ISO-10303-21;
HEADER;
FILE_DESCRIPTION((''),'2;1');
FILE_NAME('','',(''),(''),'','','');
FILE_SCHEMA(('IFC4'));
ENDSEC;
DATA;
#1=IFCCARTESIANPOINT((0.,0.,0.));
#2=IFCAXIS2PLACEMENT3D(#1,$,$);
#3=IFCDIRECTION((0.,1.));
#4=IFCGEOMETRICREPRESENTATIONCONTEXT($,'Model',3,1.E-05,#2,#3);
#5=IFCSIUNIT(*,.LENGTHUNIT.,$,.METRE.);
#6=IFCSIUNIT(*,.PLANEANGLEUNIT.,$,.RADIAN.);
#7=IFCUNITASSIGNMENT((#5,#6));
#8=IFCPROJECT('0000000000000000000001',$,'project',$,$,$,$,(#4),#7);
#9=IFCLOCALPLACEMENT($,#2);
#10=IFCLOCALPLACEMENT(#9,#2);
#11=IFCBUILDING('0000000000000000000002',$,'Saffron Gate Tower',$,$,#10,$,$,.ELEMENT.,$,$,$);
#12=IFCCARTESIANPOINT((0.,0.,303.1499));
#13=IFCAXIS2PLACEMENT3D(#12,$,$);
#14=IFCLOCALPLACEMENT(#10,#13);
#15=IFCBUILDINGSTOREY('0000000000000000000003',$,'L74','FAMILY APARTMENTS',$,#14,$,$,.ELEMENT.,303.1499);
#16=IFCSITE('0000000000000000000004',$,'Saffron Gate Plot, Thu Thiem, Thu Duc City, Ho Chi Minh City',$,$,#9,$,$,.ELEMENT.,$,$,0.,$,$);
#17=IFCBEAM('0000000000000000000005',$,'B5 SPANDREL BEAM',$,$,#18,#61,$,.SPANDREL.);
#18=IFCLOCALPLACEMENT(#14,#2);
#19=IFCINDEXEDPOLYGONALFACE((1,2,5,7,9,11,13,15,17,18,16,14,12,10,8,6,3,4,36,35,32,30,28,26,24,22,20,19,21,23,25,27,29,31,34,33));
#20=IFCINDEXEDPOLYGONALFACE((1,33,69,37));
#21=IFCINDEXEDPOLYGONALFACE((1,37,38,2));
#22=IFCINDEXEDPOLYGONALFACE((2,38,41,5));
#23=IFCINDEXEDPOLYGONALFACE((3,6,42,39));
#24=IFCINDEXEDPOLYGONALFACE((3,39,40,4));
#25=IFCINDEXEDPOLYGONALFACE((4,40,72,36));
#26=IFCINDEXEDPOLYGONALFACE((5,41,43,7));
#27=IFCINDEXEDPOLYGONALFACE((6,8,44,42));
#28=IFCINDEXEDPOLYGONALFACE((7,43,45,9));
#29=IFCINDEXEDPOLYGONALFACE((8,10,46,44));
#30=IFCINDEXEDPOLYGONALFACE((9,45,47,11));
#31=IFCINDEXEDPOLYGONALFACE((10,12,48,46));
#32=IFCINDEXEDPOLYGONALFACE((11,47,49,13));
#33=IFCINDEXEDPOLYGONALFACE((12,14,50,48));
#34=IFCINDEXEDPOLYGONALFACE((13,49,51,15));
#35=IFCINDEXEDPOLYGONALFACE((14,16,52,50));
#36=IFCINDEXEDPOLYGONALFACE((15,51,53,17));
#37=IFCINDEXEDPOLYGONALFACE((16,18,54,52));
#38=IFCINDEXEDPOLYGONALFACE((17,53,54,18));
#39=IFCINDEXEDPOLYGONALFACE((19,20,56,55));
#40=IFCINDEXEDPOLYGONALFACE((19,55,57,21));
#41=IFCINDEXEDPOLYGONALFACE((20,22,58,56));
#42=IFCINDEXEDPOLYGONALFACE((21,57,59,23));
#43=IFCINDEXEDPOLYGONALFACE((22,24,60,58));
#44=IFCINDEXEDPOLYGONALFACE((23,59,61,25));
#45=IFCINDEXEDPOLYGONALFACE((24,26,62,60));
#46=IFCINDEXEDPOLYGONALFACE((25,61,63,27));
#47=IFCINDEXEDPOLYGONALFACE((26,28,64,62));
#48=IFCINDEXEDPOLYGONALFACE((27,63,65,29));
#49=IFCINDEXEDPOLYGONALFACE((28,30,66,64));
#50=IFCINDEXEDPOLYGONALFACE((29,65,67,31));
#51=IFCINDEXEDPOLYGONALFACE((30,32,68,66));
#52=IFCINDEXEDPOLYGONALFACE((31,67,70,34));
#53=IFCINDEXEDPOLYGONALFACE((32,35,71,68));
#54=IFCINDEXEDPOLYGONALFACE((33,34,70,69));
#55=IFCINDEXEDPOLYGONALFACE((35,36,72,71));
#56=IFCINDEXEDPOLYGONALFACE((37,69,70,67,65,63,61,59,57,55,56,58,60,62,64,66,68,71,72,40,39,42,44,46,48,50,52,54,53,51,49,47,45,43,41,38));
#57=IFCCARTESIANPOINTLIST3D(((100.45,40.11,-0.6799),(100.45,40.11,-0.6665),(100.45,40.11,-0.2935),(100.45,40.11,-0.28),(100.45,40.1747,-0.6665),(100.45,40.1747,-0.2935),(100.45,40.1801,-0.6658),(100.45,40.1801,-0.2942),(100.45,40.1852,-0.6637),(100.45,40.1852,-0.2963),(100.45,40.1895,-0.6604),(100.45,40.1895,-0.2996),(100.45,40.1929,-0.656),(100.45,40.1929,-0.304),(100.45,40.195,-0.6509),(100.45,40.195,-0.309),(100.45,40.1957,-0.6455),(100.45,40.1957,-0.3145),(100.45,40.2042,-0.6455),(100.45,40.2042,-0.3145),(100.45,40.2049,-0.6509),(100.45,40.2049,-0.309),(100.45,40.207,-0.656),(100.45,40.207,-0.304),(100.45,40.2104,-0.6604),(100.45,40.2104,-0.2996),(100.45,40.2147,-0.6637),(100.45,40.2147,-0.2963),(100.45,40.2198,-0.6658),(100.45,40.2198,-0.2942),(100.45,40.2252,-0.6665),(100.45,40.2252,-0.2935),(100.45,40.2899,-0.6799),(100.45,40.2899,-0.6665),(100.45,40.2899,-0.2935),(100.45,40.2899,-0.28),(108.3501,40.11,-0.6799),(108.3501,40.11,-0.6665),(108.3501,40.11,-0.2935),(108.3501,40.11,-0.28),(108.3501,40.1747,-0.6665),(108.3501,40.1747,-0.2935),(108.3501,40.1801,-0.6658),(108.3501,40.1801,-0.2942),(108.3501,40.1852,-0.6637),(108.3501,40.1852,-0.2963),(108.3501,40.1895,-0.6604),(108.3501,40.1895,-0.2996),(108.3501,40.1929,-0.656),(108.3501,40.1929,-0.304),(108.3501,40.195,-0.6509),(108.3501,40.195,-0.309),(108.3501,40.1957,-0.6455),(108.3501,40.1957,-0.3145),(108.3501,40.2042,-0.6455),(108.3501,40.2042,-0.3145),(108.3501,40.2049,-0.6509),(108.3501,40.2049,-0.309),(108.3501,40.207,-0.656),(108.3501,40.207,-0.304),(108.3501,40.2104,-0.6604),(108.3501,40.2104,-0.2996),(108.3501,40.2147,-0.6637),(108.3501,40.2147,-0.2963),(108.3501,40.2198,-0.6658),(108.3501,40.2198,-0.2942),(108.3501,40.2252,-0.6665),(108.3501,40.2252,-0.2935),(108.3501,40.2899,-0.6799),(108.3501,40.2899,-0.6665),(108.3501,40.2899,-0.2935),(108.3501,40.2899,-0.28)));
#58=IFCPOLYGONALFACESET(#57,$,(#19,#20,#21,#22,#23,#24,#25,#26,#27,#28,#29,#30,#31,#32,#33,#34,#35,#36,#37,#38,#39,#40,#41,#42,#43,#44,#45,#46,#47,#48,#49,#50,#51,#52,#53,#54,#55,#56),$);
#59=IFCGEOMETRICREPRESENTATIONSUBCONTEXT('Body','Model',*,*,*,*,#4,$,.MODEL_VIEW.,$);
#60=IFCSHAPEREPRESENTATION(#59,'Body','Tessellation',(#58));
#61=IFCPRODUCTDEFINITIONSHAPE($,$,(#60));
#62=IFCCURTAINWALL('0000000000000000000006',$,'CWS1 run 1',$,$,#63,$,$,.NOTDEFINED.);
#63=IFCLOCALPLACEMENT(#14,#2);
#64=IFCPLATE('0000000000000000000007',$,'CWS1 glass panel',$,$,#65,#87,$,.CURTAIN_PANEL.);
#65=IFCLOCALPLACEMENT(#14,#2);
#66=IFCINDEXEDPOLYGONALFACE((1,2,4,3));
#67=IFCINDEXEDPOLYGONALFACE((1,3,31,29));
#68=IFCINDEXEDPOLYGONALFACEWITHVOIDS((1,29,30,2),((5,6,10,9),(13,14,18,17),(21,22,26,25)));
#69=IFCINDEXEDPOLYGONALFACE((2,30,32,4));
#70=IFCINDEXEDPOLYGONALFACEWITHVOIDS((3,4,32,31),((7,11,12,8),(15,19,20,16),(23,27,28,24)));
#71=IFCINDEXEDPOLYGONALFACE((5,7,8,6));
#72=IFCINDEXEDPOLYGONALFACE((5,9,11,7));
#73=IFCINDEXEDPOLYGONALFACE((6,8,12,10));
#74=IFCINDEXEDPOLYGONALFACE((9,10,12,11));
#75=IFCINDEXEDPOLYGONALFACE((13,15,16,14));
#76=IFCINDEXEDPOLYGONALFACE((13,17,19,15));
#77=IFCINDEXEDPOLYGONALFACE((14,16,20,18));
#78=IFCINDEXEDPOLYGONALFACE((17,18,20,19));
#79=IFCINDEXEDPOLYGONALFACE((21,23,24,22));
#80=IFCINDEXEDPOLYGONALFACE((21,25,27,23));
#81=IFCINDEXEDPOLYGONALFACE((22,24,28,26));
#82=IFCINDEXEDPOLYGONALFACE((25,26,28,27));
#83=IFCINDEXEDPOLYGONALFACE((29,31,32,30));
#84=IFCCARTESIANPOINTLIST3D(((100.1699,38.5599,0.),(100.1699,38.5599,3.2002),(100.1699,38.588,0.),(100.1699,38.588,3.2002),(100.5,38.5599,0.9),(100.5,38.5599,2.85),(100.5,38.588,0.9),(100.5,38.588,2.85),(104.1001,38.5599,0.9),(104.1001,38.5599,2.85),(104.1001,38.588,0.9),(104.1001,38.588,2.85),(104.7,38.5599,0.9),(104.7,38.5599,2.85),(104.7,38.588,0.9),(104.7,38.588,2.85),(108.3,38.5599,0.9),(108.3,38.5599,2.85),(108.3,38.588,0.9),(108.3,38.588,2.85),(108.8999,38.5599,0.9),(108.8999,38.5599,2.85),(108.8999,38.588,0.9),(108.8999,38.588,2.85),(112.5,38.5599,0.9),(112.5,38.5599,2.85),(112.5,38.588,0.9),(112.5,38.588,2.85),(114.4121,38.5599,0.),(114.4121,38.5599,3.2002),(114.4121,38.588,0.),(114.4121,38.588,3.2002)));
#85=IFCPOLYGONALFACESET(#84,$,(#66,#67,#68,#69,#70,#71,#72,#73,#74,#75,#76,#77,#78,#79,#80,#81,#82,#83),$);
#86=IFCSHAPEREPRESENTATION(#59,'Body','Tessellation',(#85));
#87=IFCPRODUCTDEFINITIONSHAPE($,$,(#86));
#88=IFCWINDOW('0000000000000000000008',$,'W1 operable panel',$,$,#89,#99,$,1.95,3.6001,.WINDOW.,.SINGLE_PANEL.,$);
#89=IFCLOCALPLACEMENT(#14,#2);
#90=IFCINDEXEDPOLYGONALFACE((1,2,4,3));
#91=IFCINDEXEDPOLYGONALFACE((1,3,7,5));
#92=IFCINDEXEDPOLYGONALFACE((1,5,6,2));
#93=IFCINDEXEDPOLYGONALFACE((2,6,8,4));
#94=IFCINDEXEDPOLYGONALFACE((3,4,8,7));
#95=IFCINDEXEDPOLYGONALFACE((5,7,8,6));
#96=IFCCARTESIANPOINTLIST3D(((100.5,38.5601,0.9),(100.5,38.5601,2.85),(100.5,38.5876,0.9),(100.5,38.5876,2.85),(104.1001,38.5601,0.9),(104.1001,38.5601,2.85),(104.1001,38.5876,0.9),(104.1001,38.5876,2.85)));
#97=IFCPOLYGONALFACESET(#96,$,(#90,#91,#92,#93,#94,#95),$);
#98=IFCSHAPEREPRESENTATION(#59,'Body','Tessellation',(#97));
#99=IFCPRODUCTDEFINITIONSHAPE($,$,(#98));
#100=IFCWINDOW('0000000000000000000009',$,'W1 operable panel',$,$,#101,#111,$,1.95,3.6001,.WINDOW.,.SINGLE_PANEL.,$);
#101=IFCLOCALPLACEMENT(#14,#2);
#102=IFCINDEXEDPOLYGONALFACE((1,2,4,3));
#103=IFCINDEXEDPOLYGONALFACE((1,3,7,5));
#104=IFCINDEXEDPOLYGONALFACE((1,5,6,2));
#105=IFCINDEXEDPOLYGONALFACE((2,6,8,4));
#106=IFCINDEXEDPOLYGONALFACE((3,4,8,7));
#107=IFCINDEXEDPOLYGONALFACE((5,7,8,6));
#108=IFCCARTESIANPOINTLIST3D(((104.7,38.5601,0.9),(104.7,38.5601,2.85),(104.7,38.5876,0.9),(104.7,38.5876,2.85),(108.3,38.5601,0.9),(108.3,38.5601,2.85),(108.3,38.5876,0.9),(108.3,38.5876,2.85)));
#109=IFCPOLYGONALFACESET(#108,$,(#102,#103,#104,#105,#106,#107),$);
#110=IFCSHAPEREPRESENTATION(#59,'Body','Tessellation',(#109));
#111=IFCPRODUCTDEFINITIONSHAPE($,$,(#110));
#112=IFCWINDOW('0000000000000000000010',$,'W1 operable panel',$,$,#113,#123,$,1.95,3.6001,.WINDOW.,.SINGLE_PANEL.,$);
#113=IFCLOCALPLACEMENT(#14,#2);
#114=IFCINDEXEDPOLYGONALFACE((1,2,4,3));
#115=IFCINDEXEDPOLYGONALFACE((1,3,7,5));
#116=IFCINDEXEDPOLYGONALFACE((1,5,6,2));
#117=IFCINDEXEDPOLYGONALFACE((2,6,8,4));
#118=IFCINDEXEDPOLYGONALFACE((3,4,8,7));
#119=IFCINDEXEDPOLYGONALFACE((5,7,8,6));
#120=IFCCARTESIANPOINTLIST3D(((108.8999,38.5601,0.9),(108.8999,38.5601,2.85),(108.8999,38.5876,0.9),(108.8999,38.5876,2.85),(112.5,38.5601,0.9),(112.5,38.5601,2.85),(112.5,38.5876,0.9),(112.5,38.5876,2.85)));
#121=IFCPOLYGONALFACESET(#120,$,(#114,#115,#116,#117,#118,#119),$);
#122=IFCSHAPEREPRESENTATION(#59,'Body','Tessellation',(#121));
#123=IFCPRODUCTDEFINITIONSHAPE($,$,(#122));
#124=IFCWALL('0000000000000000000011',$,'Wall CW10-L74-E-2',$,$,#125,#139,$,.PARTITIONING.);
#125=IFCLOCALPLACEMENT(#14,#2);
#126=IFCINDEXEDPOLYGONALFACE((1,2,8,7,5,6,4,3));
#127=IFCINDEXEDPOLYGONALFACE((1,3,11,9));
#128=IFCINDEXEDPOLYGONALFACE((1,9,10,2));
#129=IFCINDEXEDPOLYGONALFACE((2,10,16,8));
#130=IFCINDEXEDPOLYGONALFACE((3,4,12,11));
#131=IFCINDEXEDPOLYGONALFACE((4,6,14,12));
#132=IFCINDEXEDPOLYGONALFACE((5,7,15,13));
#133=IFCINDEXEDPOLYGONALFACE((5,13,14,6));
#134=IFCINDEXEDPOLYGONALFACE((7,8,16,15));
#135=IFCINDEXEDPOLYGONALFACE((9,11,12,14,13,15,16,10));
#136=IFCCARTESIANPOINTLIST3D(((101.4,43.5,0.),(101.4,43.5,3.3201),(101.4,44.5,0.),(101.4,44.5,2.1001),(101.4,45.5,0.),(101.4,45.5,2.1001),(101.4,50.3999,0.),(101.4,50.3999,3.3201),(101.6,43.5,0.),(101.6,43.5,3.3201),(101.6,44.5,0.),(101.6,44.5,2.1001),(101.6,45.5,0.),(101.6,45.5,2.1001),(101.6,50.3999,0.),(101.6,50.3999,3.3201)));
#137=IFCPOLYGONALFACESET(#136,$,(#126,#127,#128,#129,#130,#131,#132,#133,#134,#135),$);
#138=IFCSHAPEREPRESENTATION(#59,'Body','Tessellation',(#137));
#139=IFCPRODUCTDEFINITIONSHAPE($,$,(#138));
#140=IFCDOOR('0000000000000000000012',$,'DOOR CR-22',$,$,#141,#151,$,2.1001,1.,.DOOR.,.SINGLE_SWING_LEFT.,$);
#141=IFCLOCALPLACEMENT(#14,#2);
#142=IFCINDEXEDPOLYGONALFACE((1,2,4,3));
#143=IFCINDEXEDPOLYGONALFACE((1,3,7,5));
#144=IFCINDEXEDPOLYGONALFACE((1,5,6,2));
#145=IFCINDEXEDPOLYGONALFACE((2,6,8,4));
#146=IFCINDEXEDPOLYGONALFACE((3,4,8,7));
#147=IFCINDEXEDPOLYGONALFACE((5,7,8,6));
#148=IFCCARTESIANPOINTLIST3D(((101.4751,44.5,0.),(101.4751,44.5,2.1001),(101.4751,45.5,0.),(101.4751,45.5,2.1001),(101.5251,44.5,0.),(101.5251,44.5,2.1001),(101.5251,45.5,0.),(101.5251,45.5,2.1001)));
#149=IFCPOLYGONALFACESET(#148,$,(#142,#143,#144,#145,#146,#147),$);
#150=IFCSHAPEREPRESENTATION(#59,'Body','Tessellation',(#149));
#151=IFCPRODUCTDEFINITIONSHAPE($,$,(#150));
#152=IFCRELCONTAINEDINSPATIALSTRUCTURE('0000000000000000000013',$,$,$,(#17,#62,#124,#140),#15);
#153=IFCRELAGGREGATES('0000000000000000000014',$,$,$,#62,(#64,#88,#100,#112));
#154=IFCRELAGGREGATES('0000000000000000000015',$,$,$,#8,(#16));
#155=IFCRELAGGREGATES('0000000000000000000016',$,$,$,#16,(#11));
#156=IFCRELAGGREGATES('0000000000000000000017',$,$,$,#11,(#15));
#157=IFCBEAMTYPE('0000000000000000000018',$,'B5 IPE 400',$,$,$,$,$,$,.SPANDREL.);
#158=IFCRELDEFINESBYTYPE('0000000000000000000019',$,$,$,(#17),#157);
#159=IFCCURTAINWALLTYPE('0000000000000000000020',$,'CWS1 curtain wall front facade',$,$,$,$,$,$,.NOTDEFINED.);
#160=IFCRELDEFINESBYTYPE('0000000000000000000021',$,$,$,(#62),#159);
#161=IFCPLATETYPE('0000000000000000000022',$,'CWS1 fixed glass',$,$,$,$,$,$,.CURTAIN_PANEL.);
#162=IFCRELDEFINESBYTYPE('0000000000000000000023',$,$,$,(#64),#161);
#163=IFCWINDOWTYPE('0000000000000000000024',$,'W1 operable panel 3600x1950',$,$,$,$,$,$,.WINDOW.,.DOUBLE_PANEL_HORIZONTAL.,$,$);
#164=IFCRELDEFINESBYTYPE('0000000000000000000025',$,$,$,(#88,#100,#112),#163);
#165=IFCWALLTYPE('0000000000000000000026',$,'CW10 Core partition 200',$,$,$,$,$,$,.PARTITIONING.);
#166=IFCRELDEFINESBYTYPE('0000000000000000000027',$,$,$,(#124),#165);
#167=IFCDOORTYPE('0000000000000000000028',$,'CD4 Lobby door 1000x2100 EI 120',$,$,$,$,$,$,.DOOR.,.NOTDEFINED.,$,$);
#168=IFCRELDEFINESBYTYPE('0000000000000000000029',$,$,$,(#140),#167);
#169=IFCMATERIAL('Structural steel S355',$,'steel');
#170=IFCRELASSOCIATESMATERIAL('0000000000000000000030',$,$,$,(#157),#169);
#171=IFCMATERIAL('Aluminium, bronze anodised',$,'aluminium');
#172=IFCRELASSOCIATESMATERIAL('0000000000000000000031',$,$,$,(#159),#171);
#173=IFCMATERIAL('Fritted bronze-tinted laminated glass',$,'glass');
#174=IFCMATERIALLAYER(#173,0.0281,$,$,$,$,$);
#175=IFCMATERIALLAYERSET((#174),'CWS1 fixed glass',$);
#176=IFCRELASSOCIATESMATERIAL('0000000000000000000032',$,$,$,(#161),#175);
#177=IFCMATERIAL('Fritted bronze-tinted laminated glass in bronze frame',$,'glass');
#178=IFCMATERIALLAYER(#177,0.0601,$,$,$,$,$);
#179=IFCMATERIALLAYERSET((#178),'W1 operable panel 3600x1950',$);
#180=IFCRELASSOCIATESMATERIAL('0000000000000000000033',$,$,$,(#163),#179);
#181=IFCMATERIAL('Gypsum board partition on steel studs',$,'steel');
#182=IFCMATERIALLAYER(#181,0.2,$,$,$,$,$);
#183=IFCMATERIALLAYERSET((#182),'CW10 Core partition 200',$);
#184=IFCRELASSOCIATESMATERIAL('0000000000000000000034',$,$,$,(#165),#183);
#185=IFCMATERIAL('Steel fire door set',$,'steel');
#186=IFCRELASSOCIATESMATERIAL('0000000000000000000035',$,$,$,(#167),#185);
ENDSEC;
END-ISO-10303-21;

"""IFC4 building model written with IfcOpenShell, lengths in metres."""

from ifc_helpers import new_model, si_unit, direction, frame, frame_2d, origin, origin_2d, place, context, subcontext, project, spatial, rectangle, i_section, extrude, material, layer, layer_set, material_profile, profile_set, type_object, element, fill, aggregate, save


model = new_model("IFC4")

# Units and contexts
model_context = context("Model", 3, precision=1e-05, world=origin(), true_north=direction((0.0, 1.0)))
body_context = subcontext(model_context, "Body", "Model", "MODEL_VIEW")
ifc_project = project(units=[si_unit("LENGTHUNIT", "METRE"), si_unit("PLANEANGLEUNIT", "RADIAN")], contexts=[model_context])

# Site, building, storey
site_placement = place(None, origin())
site = spatial("IfcSite", under=ifc_project, at=site_placement, Name="Saffron Gate Plot, Thu Thiem, Thu Duc City, Ho Chi Minh City", CompositionType="ELEMENT", RefElevation=0.0)
building_placement = place(site_placement, origin())
building = spatial("IfcBuilding", under=site, at=building_placement, Name="Saffron Gate Tower", CompositionType="ELEMENT")
storey_placement = place(building_placement, frame((0.0, 0.0, 303.1499)))
storey = spatial("IfcBuildingStorey", under=building, at=storey_placement, Name="L74", Description="FAMILY APARTMENTS", CompositionType="ELEMENT", Elevation=303.1499)

# Beam
ifc_material_1 = material(Name="Structural steel S355", Category="steel")
ifc_material_profile_1 = material_profile(ifc_material_1, i_section(OverallWidth=0.1799, OverallDepth=0.3999, WebThickness=0.0085, FlangeThickness=0.0134, FilletRadius=0.021, at=origin_2d()))
ifc_profile_set_1 = profile_set([ifc_material_profile_1], Name="Structural steel S355")
beam_type_1 = type_object("IfcBeamType", Name="B5 IPE 400", PredefinedType="SPANDREL", material=ifc_profile_set_1)
beam_1_placement = place(storey_placement, frame((100.45, 40.2, -0.48), z_axis=(1.0, 0.0, 0.0), x_axis=(0.0, 1.0, 0.0)))
element("IfcBeam", 1, at=beam_1_placement, inside=storey, type_object=beam_type_1, Name="B5 SPANDREL BEAM", PredefinedType="SPANDREL", context=body_context, shape_type="SweptSolid", body=[
    extrude(i_section(OverallWidth=0.1799, OverallDepth=0.3999, WebThickness=0.0085, FlangeThickness=0.0134, FilletRadius=0.021, at=origin_2d()), origin(), (0.0, 0.0, 1.0), 7.9001),
])

# Curtain wall, plate, openings, windows
ifc_material_2 = material(Name="Aluminium, bronze anodised", Category="aluminium")
curtain_wall_type = type_object("IfcCurtainWallType", Name="CWS1 curtain wall front facade", PredefinedType="NOTDEFINED", material=ifc_material_2)
curtain_wall_placement = place(storey_placement, origin())
curtain_wall = element("IfcCurtainWall", 2, at=curtain_wall_placement, inside=storey, type_object=curtain_wall_type, Name="CWS1 run 1", PredefinedType="NOTDEFINED")
ifc_material_3 = material(Name="Fritted bronze-tinted laminated glass", Category="glass")
ifc_layer_1 = layer(ifc_material_3, 0.0281)
ifc_layer_set_1 = layer_set([ifc_layer_1], Name="CWS1 fixed glass")
plate_type = type_object("IfcPlateType", Name="CWS1 fixed glass", PredefinedType="CURTAIN_PANEL", material=ifc_layer_set_1)
plate_placement = place(storey_placement, frame((100.1699, 38.574, 0.0), z_axis=(0.0, 0.0, 1.0), x_axis=(1.0, 0.0, 0.0)))
plate = element("IfcPlate", 3, at=plate_placement, type_object=plate_type, Name="CWS1 glass panel", PredefinedType="CURTAIN_PANEL", context=body_context, shape_type="SweptSolid", body=[
    extrude(rectangle(XDim=14.2422, YDim=0.0281, at=frame_2d((7.1211, 0.0))), origin(), (0.0, 0.0, 1.0), 3.2002),
])
opening_1_placement = place(plate_placement, frame((0.3301, 0.0, 0.8999)))
opening_1 = element("IfcOpeningElement", 4, at=opening_1_placement, cuts=plate, PredefinedType="OPENING", context=body_context, shape_type="SweptSolid", body=[
    extrude(rectangle(XDim=3.6001, YDim=1.95, at=frame_2d((1.8, 0.9751))), frame((0.0, 0.0239, 0.0), z_axis=(0.0, -1.0, 0.0), x_axis=(1.0, 0.0, 0.0)), (0.0, 0.0, 1.0), 0.0481),
])
opening_2_placement = place(plate_placement, frame((4.53, 0.0, 0.8999)))
opening_2 = element("IfcOpeningElement", 5, at=opening_2_placement, cuts=plate, PredefinedType="OPENING", context=body_context, shape_type="SweptSolid", body=[
    extrude(rectangle(XDim=3.6001, YDim=1.95, at=frame_2d((1.8, 0.9751))), frame((0.0, 0.0239, 0.0), z_axis=(0.0, -1.0, 0.0), x_axis=(1.0, 0.0, 0.0)), (0.0, 0.0, 1.0), 0.0481),
])
opening_3_placement = place(plate_placement, frame((8.73, 0.0, 0.8999)))
opening_3 = element("IfcOpeningElement", 6, at=opening_3_placement, cuts=plate, PredefinedType="OPENING", context=body_context, shape_type="SweptSolid", body=[
    extrude(rectangle(XDim=3.6001, YDim=1.95, at=frame_2d((1.8, 0.9751))), frame((0.0, 0.0239, 0.0), z_axis=(0.0, -1.0, 0.0), x_axis=(1.0, 0.0, 0.0)), (0.0, 0.0, 1.0), 0.0481),
])
ifc_material_4 = material(Name="Fritted bronze-tinted laminated glass in bronze frame", Category="glass")
ifc_layer_2 = layer(ifc_material_4, 0.0601)
ifc_layer_set_2 = layer_set([ifc_layer_2], Name="W1 operable panel 3600x1950")
window_type = type_object("IfcWindowType", Name="W1 operable panel 3600x1950", PartitioningType="DOUBLE_PANEL_HORIZONTAL", PredefinedType="WINDOW", material=ifc_layer_set_2)
window_1_placement = place(opening_1_placement, origin())
window_1 = element("IfcWindow", 7, at=window_1_placement, type_object=window_type, Name="W1 operable panel", OverallHeight=1.95, OverallWidth=3.6001, PartitioningType="SINGLE_PANEL", PredefinedType="WINDOW", context=body_context, shape_type="SweptSolid", body=[
    extrude(rectangle(XDim=3.6001, YDim=1.95, at=frame_2d((1.8, 0.9751))), frame((0.0, 0.0137, 0.0), z_axis=(0.0, -1.0, 0.0), x_axis=(1.0, 0.0, 0.0)), (0.0, 0.0, 1.0), 0.0276),
])
fill(opening_1, window_1)
window_2_placement = place(opening_2_placement, origin())
window_2 = element("IfcWindow", 8, at=window_2_placement, type_object=window_type, Name="W1 operable panel", OverallHeight=1.95, OverallWidth=3.6001, PartitioningType="SINGLE_PANEL", PredefinedType="WINDOW", context=body_context, shape_type="SweptSolid", body=[
    extrude(rectangle(XDim=3.6001, YDim=1.95, at=frame_2d((1.8, 0.9751))), frame((0.0, 0.0137, 0.0), z_axis=(0.0, -1.0, 0.0), x_axis=(1.0, 0.0, 0.0)), (0.0, 0.0, 1.0), 0.0276),
])
fill(opening_2, window_2)
window_3_placement = place(opening_3_placement, origin())
window_3 = element("IfcWindow", 9, at=window_3_placement, type_object=window_type, Name="W1 operable panel", OverallHeight=1.95, OverallWidth=3.6001, PartitioningType="SINGLE_PANEL", PredefinedType="WINDOW", context=body_context, shape_type="SweptSolid", body=[
    extrude(rectangle(XDim=3.6001, YDim=1.95, at=frame_2d((1.8, 0.9751))), frame((0.0, 0.0137, 0.0), z_axis=(0.0, -1.0, 0.0), x_axis=(1.0, 0.0, 0.0)), (0.0, 0.0, 1.0), 0.0276),
])
fill(opening_3, window_3)
aggregate(curtain_wall, [plate, window_1, window_2, window_3])

# Wall, opening, door
ifc_material_5 = material(Name="Gypsum board partition on steel studs", Category="steel")
ifc_layer_3 = layer(ifc_material_5, 0.2)
ifc_layer_set_3 = layer_set([ifc_layer_3], Name="CW10 Core partition 200")
wall_type_1 = type_object("IfcWallType", Name="CW10 Core partition 200", PredefinedType="PARTITIONING", material=ifc_layer_set_3)
wall_1_placement = place(storey_placement, frame((101.5, 43.5, 0.0), z_axis=(0.0, 0.0, 1.0), x_axis=(0.0, 1.0, 0.0)))
wall_1 = element("IfcWall", 10, at=wall_1_placement, inside=storey, type_object=wall_type_1, Name="Wall CW10-L74-E-2", PredefinedType="PARTITIONING", context=body_context, shape_type="SweptSolid", body=[
    extrude(rectangle(XDim=6.8999, YDim=0.2, at=frame_2d((3.45, 0.0))), origin(), (0.0, 0.0, 1.0), 3.3201),
])
opening_4_placement = place(wall_1_placement, frame((1.0, 0.0, 0.0)))
opening_4 = element("IfcOpeningElement", 11, at=opening_4_placement, cuts=wall_1, PredefinedType="OPENING", context=body_context, shape_type="SweptSolid", body=[
    extrude(rectangle(XDim=1.0, YDim=2.1001, at=frame_2d((0.5, 1.05))), frame((0.0, 0.1099, 0.0), z_axis=(0.0, -1.0, 0.0), x_axis=(1.0, 0.0, 0.0)), (0.0, 0.0, 1.0), 0.22),
])
ifc_material_6 = material(Name="Steel fire door set", Category="steel")
door_type_1 = type_object("IfcDoorType", Name="CD4 Lobby door 1000x2100 EI 120", OperationType="NOTDEFINED", PredefinedType="DOOR", material=ifc_material_6)
door_1_placement = place(opening_4_placement, origin())
door_1 = element("IfcDoor", 12, at=door_1_placement, inside=storey, type_object=door_type_1, Name="DOOR CR-22", OperationType="SINGLE_SWING_LEFT", OverallHeight=2.1001, OverallWidth=1.0, PredefinedType="DOOR", context=body_context, shape_type="SweptSolid", body=[
    extrude(rectangle(XDim=1.0, YDim=2.1001, at=frame_2d((0.5, 1.05))), frame((0.0, 0.0249, 0.0), z_axis=(0.0, -1.0, 0.0), x_axis=(1.0, 0.0, 0.0)), (0.0, 0.0, 1.0), 0.05),
])
fill(opening_4, door_1)

save(model, "model.ifc")
